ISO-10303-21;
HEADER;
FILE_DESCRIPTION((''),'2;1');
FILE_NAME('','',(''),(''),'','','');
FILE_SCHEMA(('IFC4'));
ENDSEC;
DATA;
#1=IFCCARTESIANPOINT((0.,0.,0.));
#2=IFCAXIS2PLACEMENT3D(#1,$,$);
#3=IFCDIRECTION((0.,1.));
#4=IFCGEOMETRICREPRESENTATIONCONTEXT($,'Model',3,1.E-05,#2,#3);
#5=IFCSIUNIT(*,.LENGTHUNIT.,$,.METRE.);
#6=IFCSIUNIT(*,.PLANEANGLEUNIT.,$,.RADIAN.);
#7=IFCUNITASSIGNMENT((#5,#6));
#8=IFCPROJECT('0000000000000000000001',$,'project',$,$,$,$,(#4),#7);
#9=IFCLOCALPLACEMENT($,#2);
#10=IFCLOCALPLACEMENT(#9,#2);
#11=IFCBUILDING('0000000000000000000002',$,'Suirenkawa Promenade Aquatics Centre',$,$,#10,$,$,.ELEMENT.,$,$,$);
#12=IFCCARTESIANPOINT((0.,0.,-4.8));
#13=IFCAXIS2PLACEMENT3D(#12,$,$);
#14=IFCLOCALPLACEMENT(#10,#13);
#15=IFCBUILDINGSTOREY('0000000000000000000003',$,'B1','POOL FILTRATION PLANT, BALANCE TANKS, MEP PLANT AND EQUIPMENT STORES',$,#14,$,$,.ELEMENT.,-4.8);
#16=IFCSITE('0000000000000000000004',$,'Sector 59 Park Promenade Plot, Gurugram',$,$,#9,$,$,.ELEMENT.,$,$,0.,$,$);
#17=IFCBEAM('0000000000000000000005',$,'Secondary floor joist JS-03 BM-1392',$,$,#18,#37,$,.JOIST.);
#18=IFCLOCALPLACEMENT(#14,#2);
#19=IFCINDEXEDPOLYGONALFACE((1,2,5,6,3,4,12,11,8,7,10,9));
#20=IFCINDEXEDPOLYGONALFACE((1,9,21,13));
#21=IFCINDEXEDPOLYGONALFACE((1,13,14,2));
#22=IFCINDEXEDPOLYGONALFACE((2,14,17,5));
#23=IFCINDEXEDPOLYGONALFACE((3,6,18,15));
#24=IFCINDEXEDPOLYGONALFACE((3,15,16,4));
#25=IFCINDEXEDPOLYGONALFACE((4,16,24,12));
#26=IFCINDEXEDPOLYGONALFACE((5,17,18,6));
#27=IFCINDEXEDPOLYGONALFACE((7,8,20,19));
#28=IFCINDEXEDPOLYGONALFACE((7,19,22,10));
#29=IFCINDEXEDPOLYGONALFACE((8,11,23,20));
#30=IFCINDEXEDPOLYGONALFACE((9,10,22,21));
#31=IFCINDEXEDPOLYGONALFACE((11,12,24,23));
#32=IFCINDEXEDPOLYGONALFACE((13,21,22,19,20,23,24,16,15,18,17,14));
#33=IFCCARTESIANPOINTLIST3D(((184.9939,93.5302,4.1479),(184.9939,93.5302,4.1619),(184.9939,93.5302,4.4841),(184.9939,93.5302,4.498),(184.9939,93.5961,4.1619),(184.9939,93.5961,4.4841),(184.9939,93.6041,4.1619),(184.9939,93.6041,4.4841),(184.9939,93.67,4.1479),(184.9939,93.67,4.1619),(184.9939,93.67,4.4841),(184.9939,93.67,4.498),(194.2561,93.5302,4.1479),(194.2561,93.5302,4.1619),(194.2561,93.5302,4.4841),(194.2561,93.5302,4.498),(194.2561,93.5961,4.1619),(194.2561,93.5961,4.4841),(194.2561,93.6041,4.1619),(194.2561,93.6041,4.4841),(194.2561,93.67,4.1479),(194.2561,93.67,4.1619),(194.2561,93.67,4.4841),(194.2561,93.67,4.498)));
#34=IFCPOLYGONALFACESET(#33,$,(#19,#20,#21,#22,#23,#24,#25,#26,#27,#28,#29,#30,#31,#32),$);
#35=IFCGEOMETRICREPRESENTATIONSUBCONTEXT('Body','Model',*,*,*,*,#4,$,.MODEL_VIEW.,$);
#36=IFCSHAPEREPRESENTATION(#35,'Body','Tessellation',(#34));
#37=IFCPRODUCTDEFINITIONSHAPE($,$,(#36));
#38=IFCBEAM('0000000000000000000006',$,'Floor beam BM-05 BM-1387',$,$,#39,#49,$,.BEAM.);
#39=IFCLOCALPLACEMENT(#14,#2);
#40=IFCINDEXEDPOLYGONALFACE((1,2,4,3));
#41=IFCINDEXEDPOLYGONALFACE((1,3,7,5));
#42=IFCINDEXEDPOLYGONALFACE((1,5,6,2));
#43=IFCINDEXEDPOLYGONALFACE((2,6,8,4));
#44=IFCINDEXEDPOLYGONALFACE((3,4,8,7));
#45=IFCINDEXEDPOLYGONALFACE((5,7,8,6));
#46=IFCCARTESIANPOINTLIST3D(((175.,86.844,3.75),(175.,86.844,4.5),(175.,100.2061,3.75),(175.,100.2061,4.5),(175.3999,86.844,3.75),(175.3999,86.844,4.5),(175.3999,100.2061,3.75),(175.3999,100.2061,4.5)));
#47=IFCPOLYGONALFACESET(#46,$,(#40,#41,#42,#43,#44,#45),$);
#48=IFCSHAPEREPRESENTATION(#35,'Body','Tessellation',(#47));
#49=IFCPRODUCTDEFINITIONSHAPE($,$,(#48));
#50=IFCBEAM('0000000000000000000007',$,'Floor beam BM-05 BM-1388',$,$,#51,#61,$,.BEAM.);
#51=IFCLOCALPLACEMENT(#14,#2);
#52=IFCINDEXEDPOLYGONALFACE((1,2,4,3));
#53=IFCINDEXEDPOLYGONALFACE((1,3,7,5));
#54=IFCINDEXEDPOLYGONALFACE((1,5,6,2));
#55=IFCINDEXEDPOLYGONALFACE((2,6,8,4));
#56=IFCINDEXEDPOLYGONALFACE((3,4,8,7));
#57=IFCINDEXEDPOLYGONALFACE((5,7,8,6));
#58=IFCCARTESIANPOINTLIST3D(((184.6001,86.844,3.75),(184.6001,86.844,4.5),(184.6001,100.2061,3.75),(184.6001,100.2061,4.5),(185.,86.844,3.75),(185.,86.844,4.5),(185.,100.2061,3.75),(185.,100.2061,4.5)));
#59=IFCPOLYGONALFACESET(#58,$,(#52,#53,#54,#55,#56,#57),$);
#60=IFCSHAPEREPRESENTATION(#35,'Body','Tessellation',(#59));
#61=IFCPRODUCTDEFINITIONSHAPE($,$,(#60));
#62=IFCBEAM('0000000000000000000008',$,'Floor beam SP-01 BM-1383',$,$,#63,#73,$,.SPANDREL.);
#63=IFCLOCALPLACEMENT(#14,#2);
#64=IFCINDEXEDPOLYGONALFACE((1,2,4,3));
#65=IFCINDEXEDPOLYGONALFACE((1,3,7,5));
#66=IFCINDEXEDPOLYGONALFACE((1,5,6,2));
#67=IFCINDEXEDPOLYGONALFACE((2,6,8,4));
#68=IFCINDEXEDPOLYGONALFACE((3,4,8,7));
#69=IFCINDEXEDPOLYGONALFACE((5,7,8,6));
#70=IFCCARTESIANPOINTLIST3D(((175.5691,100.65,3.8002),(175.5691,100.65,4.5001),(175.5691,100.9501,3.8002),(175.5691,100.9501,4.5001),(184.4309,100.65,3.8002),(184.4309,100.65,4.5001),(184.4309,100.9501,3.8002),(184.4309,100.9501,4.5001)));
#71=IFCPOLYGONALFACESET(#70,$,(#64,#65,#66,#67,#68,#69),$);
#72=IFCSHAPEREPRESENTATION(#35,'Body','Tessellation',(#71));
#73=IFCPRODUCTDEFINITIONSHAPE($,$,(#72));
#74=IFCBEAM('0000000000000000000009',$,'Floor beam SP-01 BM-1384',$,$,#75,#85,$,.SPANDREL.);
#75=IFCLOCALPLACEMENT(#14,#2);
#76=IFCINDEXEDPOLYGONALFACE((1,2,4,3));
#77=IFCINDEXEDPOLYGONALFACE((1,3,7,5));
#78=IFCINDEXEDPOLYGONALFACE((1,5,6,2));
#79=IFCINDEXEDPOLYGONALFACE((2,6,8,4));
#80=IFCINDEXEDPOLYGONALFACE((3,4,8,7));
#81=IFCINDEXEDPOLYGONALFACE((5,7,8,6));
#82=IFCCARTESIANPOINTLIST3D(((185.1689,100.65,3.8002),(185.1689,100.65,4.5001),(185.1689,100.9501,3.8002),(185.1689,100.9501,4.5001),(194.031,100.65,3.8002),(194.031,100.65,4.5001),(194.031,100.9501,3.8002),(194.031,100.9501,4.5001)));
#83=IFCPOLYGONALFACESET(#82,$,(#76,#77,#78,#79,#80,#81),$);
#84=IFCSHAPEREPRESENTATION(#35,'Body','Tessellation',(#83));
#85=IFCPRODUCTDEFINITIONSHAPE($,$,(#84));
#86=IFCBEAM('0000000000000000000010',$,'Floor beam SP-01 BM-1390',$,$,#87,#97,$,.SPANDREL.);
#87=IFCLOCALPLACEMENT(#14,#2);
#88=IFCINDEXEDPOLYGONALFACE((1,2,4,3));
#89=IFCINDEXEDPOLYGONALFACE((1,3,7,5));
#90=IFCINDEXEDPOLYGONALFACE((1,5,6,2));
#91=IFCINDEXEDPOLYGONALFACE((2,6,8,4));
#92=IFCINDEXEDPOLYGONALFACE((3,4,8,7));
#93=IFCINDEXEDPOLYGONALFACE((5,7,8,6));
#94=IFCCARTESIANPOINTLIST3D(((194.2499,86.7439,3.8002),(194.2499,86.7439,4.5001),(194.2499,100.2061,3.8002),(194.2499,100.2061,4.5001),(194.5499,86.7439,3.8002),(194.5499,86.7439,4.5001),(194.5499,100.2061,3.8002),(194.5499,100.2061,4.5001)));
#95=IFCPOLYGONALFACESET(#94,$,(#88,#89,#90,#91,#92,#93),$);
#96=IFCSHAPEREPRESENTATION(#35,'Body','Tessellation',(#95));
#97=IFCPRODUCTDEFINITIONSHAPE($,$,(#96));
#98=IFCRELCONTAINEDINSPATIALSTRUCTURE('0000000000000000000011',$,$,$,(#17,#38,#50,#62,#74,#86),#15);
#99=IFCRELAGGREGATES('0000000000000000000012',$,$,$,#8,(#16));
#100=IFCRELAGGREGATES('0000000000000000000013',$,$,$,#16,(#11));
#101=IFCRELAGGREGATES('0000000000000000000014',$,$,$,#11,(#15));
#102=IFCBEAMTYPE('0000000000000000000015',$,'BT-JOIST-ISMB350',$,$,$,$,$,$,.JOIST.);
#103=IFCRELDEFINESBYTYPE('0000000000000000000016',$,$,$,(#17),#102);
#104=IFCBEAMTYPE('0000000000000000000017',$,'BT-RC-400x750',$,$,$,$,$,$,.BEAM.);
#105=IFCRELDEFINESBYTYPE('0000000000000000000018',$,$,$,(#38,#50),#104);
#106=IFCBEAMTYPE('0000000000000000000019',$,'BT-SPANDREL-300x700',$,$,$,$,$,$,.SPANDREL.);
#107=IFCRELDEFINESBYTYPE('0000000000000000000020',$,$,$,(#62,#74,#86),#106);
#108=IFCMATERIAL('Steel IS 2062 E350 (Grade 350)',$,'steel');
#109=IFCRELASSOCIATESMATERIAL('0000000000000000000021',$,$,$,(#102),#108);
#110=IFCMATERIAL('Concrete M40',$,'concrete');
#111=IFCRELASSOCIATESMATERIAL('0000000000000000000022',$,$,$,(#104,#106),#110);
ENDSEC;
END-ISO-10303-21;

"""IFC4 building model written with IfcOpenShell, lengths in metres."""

from ifc_helpers import new_model, si_unit, direction, frame, origin, origin_2d, place, context, subcontext, project, spatial, rectangle, i_section, extrude, material, material_profile, profile_set, type_object, element, save


model = new_model("IFC4")

# Units and contexts
model_context = context("Model", 3, precision=1e-05, world=origin(), true_north=direction((0.0, 1.0)))
body_context = subcontext(model_context, "Body", "Model", "MODEL_VIEW")
ifc_project = project(units=[si_unit("LENGTHUNIT", "METRE"), si_unit("PLANEANGLEUNIT", "RADIAN")], contexts=[model_context])

# Site, building, storey
site_placement = place(None, origin())
site = spatial("IfcSite", under=ifc_project, at=site_placement, Name="Sector 59 Park Promenade Plot, Gurugram", CompositionType="ELEMENT", RefElevation=0.0)
building_placement = place(site_placement, origin())
building = spatial("IfcBuilding", under=site, at=building_placement, Name="Suirenkawa Promenade Aquatics Centre", CompositionType="ELEMENT")
storey_placement = place(building_placement, frame((0.0, 0.0, -4.8)))
storey = spatial("IfcBuildingStorey", under=building, at=storey_placement, Name="B1", Description="POOL FILTRATION PLANT, BALANCE TANKS, MEP PLANT AND EQUIPMENT STORES", CompositionType="ELEMENT", Elevation=-4.8)

# Shared definitions
ifc_material_1 = material(Name="Concrete M40", Category="concrete")

# Beams
ifc_material_2 = material(Name="Steel IS 2062 E350 (Grade 350)", Category="steel")
ifc_material_profile_1 = material_profile(ifc_material_2, i_section(OverallWidth=0.1399, OverallDepth=0.3501, WebThickness=0.0081, FlangeThickness=0.0139, at=origin_2d()), Name="ISMB 350", Category="steel")
ifc_profile_set_1 = profile_set([ifc_material_profile_1], Name="Steel IS 2062 E350 (Grade 350)")
beam_type_1 = type_object("IfcBeamType", Name="BT-JOIST-ISMB350", PredefinedType="JOIST", material=ifc_profile_set_1)
beam_1_placement = place(storey_placement, frame((184.9939, 93.6001, 4.323), z_axis=(1.0, 0.0, 0.0), x_axis=(0.0, 1.0, 0.0)))
element("IfcBeam", 1, at=beam_1_placement, inside=storey, type_object=beam_type_1, Name="Secondary floor joist JS-03 BM-1392", PredefinedType="JOIST", context=body_context, shape_type="SweptSolid", body=[
    extrude(i_section(OverallWidth=0.1399, OverallDepth=0.3501, WebThickness=0.0081, FlangeThickness=0.0139, at=origin_2d()), origin(), (0.0, 0.0, 1.0), 9.2622),
])
ifc_material_profile_2 = material_profile(ifc_material_1, rectangle(XDim=0.3999, YDim=0.75, at=origin_2d()), Name="RC BM 400x750", Category="concrete")
ifc_profile_set_2 = profile_set([ifc_material_profile_2], Name="Concrete M40")
beam_type_2 = type_object("IfcBeamType", Name="BT-RC-400x750", PredefinedType="BEAM", material=ifc_profile_set_2)
for number, where, z_axis, x_axis, name in (
    (2, (175.2, 86.844, 4.125), (0.0, 1.0, 0.0), (-1.0, 0.0, 0.0), "Floor beam BM-05 BM-1387"),
    (3, (184.8, 86.844, 4.125), (0.0, 1.0, 0.0), (-1.0, 0.0, 0.0), "Floor beam BM-05 BM-1388"),
):
    element("IfcBeam", number, at=place(storey_placement, frame(where, z_axis=z_axis, x_axis=x_axis)), inside=storey, type_object=beam_type_2, Name=name, PredefinedType="BEAM", context=body_context, shape_type="SweptSolid", body=[
        extrude(rectangle(XDim=0.3999, YDim=0.75, at=origin_2d()), origin(), (0.0, 0.0, 1.0), 13.3621),
    ])
ifc_material_profile_3 = material_profile(ifc_material_1, rectangle(XDim=0.3, YDim=0.7, at=origin_2d()), Name="RC SPANDREL 300x700", Category="concrete")
ifc_profile_set_3 = profile_set([ifc_material_profile_3], Name="Concrete M40")
beam_type_3 = type_object("IfcBeamType", Name="BT-SPANDREL-300x700", PredefinedType="SPANDREL", material=ifc_profile_set_3)
beam_2_placement = place(storey_placement, frame((175.5691, 100.8, 4.1501), z_axis=(1.0, 0.0, 0.0), x_axis=(0.0, 1.0, 0.0)))
element("IfcBeam", 4, at=beam_2_placement, inside=storey, type_object=beam_type_3, Name="Floor beam SP-01 BM-1383", PredefinedType="SPANDREL", context=body_context, shape_type="SweptSolid", body=[
    extrude(rectangle(XDim=0.3, YDim=0.7, at=origin_2d()), origin(), (0.0, 0.0, 1.0), 8.8618),
])
beam_3_placement = place(storey_placement, frame((185.1689, 100.8, 4.1501), z_axis=(1.0, 0.0, 0.0), x_axis=(0.0, 1.0, 0.0)))
element("IfcBeam", 5, at=beam_3_placement, inside=storey, type_object=beam_type_3, Name="Floor beam SP-01 BM-1384", PredefinedType="SPANDREL", context=body_context, shape_type="SweptSolid", body=[
    extrude(rectangle(XDim=0.3, YDim=0.7, at=origin_2d()), origin(), (0.0, 0.0, 1.0), 8.8621),
])
beam_4_placement = place(storey_placement, frame((194.3999, 86.7439, 4.1501), z_axis=(0.0, 1.0, 0.0), x_axis=(-1.0, 0.0, 0.0)))
element("IfcBeam", 6, at=beam_4_placement, inside=storey, type_object=beam_type_3, Name="Floor beam SP-01 BM-1390", PredefinedType="SPANDREL", context=body_context, shape_type="SweptSolid", body=[
    extrude(rectangle(XDim=0.3, YDim=0.7, at=origin_2d()), origin(), (0.0, 0.0, 1.0), 13.4622),
])

save(model, "model.ifc")
